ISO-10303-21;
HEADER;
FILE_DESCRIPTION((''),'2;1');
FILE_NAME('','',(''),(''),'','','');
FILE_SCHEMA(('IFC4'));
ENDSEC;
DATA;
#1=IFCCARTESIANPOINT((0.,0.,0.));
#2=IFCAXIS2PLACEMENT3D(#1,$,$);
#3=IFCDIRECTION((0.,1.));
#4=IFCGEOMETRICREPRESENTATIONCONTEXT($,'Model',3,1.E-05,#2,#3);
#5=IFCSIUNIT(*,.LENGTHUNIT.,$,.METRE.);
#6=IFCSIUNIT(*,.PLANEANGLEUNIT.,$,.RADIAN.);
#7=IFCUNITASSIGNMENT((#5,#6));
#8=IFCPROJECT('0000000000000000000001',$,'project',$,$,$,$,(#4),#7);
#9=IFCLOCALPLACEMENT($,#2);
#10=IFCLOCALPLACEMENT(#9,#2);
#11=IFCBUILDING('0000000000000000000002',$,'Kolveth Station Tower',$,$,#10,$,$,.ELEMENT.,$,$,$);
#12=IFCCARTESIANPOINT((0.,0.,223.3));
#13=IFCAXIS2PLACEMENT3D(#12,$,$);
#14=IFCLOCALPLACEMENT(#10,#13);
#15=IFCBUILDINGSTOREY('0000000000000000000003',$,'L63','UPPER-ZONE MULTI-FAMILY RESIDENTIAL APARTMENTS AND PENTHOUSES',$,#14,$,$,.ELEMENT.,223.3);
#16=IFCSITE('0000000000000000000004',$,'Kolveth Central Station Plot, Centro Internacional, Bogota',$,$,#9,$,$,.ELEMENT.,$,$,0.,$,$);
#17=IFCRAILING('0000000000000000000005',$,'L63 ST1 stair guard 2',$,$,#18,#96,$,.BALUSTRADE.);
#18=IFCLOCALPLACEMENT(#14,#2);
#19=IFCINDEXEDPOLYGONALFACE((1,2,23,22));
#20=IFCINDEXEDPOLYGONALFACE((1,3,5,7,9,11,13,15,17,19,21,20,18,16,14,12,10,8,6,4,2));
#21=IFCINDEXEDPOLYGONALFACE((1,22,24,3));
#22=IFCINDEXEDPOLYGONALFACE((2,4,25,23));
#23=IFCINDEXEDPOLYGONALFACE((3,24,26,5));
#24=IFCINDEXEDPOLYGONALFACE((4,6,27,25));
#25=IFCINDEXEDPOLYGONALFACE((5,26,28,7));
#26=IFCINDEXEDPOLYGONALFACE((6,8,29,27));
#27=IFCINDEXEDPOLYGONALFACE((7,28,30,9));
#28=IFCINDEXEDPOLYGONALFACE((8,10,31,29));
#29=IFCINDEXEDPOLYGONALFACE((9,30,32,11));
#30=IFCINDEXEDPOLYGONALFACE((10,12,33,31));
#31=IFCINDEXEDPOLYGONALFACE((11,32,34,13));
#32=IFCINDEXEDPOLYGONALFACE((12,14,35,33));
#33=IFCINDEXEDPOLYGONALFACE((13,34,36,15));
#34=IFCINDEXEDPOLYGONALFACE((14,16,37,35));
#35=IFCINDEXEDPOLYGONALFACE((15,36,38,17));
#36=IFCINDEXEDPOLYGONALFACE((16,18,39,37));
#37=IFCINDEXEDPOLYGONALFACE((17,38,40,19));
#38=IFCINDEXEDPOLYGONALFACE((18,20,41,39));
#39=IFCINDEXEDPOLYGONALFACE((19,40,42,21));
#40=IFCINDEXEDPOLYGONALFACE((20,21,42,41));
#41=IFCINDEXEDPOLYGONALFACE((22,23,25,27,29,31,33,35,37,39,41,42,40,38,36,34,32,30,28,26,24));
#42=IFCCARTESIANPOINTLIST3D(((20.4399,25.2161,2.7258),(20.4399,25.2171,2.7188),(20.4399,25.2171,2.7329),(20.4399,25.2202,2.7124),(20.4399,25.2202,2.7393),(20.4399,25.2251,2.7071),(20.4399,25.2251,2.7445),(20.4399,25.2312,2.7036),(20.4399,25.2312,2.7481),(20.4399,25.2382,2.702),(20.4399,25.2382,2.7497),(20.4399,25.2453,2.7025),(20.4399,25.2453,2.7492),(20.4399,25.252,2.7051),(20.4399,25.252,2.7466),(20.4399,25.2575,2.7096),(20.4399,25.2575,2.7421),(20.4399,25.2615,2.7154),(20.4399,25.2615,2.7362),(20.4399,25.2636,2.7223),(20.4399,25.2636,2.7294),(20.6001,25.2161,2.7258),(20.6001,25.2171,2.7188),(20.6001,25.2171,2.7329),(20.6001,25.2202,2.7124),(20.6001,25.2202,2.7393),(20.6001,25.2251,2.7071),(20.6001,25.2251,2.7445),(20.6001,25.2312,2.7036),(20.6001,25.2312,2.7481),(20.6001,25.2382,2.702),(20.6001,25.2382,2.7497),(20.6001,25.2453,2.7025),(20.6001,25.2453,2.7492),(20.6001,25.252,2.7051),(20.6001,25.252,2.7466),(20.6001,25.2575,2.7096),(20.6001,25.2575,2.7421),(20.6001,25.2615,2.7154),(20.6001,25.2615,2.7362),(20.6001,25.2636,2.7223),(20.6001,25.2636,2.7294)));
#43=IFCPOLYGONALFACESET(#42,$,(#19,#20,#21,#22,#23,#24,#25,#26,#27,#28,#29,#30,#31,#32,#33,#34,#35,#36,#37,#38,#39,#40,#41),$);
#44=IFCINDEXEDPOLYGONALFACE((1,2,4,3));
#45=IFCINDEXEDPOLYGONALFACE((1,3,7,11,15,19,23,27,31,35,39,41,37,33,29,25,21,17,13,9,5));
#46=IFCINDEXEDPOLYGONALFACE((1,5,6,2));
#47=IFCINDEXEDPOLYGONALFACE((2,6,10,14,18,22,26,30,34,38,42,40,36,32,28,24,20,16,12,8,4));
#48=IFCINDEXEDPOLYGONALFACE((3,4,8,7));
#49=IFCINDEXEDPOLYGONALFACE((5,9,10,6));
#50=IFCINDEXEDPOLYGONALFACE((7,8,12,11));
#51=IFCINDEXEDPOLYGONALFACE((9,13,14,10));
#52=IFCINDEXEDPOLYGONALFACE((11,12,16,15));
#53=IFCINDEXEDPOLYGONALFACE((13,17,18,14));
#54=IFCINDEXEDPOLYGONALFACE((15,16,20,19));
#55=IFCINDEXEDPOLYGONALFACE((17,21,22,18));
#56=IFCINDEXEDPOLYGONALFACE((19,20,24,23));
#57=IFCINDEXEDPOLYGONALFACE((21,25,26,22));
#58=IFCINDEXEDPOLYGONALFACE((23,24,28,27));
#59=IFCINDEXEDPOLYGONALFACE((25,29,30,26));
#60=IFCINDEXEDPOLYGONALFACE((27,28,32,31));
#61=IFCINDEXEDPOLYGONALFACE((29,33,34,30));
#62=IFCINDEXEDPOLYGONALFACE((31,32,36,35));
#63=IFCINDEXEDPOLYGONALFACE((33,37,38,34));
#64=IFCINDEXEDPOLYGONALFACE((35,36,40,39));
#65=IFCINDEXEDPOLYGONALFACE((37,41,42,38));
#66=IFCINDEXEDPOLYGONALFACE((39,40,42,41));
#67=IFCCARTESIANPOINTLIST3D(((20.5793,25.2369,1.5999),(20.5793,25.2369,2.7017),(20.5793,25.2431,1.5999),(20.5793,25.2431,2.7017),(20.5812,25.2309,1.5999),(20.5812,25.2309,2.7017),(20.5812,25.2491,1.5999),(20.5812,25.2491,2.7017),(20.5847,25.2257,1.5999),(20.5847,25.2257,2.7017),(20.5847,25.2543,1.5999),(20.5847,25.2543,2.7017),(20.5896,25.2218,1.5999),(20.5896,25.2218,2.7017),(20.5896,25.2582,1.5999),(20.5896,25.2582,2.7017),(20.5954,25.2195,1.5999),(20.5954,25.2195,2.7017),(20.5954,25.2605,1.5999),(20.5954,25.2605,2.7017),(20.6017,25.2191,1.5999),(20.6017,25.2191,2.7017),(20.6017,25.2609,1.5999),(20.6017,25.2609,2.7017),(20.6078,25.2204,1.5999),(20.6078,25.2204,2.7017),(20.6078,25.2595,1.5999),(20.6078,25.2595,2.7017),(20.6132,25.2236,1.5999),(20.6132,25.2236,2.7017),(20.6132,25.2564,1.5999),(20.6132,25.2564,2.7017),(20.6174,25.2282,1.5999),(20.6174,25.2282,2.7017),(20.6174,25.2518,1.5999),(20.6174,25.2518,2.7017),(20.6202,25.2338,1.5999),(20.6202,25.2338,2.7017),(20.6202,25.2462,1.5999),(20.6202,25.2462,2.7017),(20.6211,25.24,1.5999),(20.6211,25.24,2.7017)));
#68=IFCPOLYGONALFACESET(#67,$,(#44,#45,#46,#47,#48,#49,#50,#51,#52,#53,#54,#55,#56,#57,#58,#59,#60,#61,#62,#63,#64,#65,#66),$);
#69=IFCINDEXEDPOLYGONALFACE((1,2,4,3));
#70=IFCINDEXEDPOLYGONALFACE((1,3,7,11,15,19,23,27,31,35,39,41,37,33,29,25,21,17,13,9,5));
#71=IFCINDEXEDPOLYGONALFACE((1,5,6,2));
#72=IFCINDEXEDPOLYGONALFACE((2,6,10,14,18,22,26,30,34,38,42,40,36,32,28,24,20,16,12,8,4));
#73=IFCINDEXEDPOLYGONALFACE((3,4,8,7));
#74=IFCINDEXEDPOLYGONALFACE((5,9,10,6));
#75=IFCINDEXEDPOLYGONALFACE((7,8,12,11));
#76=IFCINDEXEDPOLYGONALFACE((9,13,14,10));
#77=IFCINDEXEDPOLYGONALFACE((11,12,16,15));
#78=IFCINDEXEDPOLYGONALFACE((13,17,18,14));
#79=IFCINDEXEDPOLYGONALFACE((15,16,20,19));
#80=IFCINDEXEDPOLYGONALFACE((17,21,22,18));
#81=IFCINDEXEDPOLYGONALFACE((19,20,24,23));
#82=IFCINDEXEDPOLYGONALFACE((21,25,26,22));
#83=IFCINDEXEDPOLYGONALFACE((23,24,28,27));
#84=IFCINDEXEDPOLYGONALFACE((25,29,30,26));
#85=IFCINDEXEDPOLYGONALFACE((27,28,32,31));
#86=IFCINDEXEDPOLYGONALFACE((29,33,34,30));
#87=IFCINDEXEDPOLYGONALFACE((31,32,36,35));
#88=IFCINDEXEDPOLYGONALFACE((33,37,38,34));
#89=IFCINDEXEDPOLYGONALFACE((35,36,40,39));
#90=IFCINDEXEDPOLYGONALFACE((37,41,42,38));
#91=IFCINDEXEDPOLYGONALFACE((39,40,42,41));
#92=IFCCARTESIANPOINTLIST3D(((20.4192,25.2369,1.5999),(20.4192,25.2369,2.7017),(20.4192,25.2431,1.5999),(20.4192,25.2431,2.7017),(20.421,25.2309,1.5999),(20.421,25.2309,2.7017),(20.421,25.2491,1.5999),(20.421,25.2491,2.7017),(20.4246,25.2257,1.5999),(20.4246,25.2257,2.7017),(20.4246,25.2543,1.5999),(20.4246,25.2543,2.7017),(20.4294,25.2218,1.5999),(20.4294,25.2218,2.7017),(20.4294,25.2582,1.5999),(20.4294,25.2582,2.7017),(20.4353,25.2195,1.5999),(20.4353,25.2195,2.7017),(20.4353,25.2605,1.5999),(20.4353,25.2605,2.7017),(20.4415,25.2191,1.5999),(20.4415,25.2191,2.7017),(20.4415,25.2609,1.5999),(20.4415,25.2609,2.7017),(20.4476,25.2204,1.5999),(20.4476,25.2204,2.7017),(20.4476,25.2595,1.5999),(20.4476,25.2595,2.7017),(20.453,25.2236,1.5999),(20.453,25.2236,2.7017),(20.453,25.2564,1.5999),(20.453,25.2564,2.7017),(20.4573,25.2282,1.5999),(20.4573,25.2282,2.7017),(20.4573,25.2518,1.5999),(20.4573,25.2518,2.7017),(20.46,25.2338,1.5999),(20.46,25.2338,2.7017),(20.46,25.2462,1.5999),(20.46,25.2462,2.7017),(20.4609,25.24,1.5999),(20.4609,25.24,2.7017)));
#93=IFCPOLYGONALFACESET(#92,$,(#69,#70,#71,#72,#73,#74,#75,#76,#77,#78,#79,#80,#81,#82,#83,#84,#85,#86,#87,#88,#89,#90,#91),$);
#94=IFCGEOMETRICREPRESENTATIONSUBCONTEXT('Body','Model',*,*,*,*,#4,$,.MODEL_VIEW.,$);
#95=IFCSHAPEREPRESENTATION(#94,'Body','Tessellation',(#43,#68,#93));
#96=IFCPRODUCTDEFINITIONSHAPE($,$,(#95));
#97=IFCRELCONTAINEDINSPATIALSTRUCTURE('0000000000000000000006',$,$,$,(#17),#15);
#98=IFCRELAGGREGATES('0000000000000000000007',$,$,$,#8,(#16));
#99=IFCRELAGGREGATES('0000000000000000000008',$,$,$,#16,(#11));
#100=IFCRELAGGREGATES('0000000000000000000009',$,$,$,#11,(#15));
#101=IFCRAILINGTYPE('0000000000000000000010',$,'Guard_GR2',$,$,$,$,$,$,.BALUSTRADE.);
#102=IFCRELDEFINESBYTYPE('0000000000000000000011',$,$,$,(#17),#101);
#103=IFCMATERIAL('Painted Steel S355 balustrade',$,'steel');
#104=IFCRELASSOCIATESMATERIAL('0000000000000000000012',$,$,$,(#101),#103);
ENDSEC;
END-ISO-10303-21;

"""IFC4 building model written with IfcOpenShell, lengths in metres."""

from ifc_helpers import new_model, si_unit, direction, frame, origin, origin_2d, place, context, subcontext, project, spatial, circle, extrude, material, type_object, element, save


model = new_model("IFC4")

# Units and contexts
model_context = context("Model", 3, precision=1e-05, world=origin(), true_north=direction((0.0, 1.0)))
body_context = subcontext(model_context, "Body", "Model", "MODEL_VIEW")
ifc_project = project(units=[si_unit("LENGTHUNIT", "METRE"), si_unit("PLANEANGLEUNIT", "RADIAN")], contexts=[model_context])

# Site, building, storey
site_placement = place(None, origin())
site = spatial("IfcSite", under=ifc_project, at=site_placement, Name="Kolveth Central Station Plot, Centro Internacional, Bogota", CompositionType="ELEMENT", RefElevation=0.0)
building_placement = place(site_placement, origin())
building = spatial("IfcBuilding", under=site, at=building_placement, Name="Kolveth Station Tower", CompositionType="ELEMENT")
storey_placement = place(building_placement, frame((0.0, 0.0, 223.3)))
storey = spatial("IfcBuildingStorey", under=building, at=storey_placement, Name="L63", Description="UPPER-ZONE MULTI-FAMILY RESIDENTIAL APARTMENTS AND PENTHOUSES", CompositionType="ELEMENT", Elevation=223.3)

# Railing
ifc_material_1 = material(Name="Painted Steel S355 balustrade", Category="steel")
railing_type_1 = type_object("IfcRailingType", Name="Guard_GR2", PredefinedType="BALUSTRADE", material=ifc_material_1)
railing_1_placement = place(storey_placement, frame((20.6001, 25.24, 1.5999)))
element("IfcRailing", 1, at=railing_1_placement, inside=storey, type_object=railing_type_1, Name="L63 ST1 stair guard 2", PredefinedType="BALUSTRADE", context=body_context, shape_type="SweptSolid", body=[
    extrude(circle(Radius=0.0239, at=origin_2d()), frame((0.0, 0.0, 1.126), z_axis=(-1.0, 0.0, 0.0), x_axis=(0.0, -1.0, 0.0)), (0.0, 0.0, 1.0), 0.1602),
    extrude(circle(Radius=0.021, at=origin_2d()), origin(), (0.0, 0.0, 1.0), 1.1018),
    extrude(circle(Radius=0.021, at=origin_2d()), frame((-0.1602, 0.0, 0.0)), (0.0, 0.0, 1.0), 1.1018),
])

save(model, "model.ifc")
